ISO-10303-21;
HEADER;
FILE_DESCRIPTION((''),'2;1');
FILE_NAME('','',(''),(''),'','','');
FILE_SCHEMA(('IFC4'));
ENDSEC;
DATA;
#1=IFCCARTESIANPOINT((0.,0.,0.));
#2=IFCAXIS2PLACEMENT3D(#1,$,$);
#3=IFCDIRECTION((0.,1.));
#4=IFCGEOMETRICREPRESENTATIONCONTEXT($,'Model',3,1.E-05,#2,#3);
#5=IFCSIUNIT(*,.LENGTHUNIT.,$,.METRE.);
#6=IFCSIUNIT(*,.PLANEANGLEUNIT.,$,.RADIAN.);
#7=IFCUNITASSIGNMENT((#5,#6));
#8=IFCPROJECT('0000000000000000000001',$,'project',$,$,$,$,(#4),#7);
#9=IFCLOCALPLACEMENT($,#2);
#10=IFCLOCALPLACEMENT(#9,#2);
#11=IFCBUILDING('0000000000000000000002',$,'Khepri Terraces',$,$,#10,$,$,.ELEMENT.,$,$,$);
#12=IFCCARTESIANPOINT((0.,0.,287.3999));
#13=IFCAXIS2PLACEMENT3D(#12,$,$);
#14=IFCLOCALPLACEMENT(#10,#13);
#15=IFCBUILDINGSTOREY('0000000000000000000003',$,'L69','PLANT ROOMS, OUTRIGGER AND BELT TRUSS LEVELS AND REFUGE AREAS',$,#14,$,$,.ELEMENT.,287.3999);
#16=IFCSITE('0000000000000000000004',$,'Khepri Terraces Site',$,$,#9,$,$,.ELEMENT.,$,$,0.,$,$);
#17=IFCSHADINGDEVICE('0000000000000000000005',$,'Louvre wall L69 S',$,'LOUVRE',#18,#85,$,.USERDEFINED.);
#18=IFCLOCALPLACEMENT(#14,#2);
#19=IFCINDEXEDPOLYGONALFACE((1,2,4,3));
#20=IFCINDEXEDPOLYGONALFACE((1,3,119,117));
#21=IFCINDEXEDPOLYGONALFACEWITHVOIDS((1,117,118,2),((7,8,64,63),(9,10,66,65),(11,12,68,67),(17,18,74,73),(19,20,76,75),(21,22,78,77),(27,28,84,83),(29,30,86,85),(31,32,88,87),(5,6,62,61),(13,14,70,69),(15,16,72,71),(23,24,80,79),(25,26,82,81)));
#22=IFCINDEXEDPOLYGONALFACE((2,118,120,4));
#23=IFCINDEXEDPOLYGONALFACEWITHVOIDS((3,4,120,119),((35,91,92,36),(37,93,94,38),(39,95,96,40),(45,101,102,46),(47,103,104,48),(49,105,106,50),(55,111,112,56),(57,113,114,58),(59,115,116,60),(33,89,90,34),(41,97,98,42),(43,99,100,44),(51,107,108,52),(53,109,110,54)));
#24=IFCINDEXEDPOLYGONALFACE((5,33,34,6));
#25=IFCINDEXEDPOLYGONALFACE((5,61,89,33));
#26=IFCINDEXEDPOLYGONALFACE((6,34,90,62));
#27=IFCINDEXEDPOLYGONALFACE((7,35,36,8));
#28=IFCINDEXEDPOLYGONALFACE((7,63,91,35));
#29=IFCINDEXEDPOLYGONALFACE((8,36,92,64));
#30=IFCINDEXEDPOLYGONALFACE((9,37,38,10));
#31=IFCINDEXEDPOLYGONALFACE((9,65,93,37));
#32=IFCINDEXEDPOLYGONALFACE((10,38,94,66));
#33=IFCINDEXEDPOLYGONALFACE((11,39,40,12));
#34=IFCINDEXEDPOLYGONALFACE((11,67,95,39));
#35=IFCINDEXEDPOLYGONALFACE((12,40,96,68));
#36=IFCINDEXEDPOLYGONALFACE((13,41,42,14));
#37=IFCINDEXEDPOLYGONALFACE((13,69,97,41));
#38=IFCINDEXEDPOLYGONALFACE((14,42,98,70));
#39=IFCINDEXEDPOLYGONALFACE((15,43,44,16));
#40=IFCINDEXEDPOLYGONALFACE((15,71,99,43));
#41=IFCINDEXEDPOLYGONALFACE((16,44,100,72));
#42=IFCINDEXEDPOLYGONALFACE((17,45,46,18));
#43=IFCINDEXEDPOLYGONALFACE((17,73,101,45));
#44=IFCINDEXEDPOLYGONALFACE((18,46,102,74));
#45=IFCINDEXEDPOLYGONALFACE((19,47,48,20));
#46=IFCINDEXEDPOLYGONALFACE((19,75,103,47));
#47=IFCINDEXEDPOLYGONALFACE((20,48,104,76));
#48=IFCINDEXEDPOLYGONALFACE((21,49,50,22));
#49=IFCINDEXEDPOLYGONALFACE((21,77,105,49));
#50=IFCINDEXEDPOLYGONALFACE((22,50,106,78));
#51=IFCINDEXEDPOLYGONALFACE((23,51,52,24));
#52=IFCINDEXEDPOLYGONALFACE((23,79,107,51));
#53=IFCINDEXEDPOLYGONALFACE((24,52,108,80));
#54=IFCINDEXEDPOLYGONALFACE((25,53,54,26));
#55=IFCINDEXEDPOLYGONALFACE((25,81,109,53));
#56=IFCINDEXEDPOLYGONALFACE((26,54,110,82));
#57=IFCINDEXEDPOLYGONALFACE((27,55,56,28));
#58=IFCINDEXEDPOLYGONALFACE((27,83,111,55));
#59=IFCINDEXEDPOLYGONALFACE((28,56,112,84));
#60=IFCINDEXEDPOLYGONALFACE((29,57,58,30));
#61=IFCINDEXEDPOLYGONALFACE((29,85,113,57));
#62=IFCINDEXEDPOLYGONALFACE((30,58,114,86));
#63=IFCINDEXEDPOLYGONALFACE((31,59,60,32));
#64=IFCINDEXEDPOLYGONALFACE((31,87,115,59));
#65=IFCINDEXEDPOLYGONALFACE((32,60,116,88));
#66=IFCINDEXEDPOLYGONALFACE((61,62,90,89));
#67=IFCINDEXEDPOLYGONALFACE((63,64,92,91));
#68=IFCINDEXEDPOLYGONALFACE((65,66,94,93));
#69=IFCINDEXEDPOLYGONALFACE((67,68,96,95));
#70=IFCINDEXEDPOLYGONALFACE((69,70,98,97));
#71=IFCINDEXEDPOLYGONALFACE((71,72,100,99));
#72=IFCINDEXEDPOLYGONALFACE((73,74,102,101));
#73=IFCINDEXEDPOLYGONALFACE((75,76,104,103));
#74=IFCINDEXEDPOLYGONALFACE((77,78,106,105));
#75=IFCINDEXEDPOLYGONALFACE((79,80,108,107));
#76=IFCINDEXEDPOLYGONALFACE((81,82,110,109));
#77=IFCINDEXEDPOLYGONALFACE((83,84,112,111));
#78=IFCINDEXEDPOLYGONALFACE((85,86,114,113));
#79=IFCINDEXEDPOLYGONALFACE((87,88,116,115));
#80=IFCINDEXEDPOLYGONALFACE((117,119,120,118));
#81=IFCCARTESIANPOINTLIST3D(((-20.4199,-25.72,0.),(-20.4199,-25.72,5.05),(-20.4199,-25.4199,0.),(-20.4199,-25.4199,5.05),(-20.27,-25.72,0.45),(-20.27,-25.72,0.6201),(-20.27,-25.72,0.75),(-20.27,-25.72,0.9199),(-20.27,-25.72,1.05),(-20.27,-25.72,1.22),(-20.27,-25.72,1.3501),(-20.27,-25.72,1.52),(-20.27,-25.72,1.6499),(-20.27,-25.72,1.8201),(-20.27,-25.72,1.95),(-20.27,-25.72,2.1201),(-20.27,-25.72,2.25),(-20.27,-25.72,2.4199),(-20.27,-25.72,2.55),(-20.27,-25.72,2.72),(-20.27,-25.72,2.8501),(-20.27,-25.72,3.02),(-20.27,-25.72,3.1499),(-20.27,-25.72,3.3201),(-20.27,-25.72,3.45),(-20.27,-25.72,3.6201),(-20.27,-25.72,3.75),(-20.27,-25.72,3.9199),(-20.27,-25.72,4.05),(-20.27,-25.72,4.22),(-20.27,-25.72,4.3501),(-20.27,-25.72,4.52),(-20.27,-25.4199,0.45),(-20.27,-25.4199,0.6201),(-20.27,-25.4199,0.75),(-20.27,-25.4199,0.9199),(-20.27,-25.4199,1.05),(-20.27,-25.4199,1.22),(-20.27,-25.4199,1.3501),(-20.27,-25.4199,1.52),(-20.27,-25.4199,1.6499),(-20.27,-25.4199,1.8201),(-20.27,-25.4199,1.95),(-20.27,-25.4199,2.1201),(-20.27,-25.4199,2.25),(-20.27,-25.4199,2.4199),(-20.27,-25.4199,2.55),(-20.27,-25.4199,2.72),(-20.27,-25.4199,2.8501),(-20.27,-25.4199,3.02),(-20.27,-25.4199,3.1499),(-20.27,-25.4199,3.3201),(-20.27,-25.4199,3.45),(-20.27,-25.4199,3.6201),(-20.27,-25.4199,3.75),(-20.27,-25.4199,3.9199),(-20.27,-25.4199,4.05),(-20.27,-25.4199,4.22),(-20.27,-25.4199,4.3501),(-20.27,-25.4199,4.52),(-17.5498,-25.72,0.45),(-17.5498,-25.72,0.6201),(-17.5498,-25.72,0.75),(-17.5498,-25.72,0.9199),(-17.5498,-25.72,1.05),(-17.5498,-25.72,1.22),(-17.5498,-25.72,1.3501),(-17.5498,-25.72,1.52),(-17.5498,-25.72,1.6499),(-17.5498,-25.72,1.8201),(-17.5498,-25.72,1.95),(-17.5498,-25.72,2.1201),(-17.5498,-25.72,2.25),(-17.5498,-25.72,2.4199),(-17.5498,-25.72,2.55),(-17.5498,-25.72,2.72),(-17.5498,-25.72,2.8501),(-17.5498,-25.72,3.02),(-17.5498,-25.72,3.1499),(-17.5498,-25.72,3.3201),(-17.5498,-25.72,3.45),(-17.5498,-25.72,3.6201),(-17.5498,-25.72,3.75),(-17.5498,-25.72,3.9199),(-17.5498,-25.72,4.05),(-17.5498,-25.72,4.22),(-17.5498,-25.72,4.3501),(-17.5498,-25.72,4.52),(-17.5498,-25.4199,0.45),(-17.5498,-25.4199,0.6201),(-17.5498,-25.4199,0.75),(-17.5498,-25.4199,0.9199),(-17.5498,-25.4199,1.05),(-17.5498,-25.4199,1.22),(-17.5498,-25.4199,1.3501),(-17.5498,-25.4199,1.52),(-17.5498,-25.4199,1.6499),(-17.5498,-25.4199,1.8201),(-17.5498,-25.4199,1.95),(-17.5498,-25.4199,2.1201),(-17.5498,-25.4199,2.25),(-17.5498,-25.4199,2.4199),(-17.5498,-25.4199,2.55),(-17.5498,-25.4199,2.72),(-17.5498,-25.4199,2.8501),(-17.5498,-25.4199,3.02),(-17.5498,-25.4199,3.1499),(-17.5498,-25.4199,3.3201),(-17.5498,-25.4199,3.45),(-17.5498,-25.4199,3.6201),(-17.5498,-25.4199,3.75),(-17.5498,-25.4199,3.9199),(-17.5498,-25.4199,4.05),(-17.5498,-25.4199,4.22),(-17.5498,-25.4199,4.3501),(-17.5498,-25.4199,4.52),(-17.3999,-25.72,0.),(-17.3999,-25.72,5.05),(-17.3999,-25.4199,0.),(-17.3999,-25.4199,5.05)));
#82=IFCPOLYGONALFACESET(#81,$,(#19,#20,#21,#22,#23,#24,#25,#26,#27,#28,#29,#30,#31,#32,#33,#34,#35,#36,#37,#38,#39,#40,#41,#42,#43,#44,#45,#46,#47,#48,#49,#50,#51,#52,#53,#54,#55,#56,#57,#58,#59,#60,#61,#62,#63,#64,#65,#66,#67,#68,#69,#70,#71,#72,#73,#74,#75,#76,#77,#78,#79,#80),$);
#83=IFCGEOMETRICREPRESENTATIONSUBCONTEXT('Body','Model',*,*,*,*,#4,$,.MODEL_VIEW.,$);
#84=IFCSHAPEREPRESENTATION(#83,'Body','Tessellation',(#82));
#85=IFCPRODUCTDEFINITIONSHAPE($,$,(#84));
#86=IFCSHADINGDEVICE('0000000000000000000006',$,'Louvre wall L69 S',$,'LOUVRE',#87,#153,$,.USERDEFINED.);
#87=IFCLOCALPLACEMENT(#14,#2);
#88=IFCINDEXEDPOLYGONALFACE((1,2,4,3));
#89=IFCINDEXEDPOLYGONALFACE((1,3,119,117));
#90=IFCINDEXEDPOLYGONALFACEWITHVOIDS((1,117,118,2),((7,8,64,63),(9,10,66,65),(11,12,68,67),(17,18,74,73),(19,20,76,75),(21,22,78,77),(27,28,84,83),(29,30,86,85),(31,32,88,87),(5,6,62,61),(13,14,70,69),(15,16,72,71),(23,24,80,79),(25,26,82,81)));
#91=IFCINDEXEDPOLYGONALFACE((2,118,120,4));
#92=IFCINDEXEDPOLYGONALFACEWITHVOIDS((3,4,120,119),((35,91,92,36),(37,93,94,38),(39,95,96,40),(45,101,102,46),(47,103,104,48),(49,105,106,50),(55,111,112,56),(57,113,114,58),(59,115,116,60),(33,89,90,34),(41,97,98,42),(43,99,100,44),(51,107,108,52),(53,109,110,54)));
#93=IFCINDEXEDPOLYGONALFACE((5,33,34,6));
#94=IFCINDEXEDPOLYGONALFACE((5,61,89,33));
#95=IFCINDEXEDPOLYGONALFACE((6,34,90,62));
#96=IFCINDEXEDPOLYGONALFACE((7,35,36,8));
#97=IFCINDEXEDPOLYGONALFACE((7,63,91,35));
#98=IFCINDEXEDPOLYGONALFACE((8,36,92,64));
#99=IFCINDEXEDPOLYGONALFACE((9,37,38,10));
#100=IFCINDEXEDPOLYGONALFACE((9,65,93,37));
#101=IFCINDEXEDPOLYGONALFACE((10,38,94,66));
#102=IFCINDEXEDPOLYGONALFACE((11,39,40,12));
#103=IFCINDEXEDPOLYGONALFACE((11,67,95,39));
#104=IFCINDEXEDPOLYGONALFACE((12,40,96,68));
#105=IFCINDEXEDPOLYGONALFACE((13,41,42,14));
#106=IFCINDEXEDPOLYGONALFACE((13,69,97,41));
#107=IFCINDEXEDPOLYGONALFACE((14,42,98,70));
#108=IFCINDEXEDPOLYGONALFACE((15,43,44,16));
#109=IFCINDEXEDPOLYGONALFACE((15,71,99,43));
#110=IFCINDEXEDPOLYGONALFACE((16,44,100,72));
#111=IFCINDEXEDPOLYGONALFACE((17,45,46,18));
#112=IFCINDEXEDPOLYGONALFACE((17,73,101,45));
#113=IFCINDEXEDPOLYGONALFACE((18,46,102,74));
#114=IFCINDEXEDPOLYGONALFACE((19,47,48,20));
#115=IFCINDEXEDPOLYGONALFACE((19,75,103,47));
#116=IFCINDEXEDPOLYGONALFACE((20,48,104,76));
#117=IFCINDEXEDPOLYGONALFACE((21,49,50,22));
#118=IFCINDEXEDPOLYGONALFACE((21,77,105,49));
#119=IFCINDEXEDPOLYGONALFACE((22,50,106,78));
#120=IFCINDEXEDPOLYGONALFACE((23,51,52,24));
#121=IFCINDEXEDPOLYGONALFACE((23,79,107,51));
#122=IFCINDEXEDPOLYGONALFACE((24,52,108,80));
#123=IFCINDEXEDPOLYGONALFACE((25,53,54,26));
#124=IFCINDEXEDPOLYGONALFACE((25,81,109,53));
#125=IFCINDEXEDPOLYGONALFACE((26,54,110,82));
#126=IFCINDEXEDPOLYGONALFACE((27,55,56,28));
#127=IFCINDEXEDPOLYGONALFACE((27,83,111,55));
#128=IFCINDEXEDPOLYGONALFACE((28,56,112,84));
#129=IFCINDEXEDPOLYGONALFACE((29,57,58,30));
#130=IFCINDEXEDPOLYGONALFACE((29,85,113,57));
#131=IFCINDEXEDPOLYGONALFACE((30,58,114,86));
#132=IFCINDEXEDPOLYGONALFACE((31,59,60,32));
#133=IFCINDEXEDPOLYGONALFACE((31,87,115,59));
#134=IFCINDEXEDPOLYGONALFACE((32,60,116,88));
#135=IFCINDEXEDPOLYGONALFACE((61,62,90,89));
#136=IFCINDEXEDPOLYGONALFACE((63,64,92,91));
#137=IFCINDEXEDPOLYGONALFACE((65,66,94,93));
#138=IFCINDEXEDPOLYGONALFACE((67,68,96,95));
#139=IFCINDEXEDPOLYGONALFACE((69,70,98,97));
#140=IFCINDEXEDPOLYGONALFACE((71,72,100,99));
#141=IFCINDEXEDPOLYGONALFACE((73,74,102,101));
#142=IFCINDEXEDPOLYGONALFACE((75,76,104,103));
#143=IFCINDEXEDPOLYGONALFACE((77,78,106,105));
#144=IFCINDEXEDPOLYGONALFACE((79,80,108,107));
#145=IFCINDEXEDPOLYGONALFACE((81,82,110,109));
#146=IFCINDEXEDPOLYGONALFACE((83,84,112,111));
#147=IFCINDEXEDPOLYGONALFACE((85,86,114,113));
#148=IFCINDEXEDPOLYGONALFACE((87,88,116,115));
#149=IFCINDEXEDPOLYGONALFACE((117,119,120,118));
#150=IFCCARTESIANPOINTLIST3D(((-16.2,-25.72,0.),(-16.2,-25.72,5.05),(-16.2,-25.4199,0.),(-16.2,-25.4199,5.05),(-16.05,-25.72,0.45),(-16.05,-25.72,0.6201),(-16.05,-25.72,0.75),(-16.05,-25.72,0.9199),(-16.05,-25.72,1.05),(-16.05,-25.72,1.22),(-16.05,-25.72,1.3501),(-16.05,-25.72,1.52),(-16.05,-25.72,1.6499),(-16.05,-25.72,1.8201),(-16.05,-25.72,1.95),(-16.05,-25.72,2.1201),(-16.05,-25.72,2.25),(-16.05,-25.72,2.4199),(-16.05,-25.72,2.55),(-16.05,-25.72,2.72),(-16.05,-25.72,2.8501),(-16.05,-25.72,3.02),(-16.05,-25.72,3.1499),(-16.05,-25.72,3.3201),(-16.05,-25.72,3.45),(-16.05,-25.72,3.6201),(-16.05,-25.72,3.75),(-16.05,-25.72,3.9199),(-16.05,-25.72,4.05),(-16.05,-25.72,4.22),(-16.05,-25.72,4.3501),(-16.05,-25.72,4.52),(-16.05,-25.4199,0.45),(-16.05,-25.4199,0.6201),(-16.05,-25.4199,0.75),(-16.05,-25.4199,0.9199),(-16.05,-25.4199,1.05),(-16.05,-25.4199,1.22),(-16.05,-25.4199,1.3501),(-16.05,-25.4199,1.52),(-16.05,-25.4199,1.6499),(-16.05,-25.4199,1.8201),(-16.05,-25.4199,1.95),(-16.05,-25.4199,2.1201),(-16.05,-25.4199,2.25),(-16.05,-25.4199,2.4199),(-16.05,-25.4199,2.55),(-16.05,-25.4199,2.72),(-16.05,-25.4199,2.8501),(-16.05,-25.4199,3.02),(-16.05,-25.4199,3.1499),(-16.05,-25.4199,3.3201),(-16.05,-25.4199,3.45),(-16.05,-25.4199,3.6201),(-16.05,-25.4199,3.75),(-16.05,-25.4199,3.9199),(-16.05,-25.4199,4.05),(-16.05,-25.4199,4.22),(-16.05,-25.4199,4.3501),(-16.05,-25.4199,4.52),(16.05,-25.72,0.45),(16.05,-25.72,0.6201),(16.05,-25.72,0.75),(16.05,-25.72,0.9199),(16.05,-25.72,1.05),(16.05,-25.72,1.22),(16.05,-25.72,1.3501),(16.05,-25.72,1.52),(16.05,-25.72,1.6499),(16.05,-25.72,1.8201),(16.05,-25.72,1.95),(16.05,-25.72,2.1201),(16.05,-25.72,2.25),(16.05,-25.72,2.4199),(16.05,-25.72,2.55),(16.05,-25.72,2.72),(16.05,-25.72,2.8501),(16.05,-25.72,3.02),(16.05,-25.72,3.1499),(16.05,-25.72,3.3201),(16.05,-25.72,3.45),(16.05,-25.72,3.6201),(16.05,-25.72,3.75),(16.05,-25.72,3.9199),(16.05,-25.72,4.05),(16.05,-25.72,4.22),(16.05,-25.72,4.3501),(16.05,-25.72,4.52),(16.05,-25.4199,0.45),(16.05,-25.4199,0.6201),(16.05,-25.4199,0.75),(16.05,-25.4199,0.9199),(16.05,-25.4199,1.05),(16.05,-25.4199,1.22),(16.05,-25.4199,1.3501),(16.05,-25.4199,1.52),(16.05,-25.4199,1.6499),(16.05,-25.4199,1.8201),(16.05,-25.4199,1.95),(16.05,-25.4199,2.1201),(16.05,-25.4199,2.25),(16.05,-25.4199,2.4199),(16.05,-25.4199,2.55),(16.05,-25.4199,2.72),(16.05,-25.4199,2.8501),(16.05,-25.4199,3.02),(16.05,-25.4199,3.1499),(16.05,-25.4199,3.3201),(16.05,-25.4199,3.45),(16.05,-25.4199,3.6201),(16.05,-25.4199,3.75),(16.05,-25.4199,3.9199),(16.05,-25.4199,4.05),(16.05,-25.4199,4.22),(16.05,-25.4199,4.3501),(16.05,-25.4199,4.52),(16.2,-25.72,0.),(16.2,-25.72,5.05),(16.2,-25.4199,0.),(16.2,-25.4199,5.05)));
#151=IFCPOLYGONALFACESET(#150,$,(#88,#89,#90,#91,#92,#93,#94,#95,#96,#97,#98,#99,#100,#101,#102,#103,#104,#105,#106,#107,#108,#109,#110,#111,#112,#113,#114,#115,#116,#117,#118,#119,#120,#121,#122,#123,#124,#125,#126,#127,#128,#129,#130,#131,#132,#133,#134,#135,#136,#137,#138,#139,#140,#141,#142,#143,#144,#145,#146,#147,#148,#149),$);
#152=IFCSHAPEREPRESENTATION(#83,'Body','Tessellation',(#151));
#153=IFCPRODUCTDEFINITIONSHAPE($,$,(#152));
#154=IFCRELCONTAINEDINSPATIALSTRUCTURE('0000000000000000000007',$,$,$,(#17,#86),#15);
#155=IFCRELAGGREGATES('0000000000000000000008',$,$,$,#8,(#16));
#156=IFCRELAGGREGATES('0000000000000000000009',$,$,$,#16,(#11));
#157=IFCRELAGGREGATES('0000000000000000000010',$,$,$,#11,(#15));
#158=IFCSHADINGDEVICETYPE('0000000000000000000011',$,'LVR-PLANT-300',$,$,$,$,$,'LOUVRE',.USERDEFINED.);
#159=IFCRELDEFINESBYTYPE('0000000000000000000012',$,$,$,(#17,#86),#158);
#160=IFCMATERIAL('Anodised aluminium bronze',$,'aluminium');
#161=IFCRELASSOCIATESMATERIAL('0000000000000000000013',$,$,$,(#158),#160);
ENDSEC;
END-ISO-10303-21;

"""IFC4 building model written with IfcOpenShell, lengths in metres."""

from ifc_helpers import new_model, si_unit, direction, frame, origin, place, context, subcontext, project, spatial, polyline, outline, extrude, material, type_object, element, save


model = new_model("IFC4")

# Units and contexts
model_context = context("Model", 3, precision=1e-05, world=origin(), true_north=direction((0.0, 1.0)))
body_context = subcontext(model_context, "Body", "Model", "MODEL_VIEW")
ifc_project = project(units=[si_unit("LENGTHUNIT", "METRE"), si_unit("PLANEANGLEUNIT", "RADIAN")], contexts=[model_context])

# Site, building, storey
site_placement = place(None, origin())
site = spatial("IfcSite", under=ifc_project, at=site_placement, Name="Khepri Terraces Site", CompositionType="ELEMENT", RefElevation=0.0)
building_placement = place(site_placement, origin())
building = spatial("IfcBuilding", under=site, at=building_placement, Name="Khepri Terraces", CompositionType="ELEMENT")
storey_placement = place(building_placement, frame((0.0, 0.0, 287.3999)))
storey = spatial("IfcBuildingStorey", under=building, at=storey_placement, Name="L69", Description="PLANT ROOMS, OUTRIGGER AND BELT TRUSS LEVELS AND REFUGE AREAS", CompositionType="ELEMENT", Elevation=287.3999)

# Shading devices
ifc_material_1 = material(Name="Anodised aluminium bronze", Category="aluminium")
shading_device_type = type_object("IfcShadingDeviceType", Name="LVR-PLANT-300", ElementType="LOUVRE", PredefinedType="USERDEFINED", material=ifc_material_1)
shading_device_1_placement = place(storey_placement, frame((-20.4199, -25.4199, 0.0), z_axis=(0.0, -1.0, 0.0), x_axis=(1.0, 0.0, 0.0)))
element("IfcShadingDevice", 1, at=shading_device_1_placement, inside=storey, type_object=shading_device_type, Name="Louvre wall L69 S", ObjectType="LOUVRE", PredefinedType="USERDEFINED", context=body_context, shape_type="SweptSolid", body=[
    extrude(outline(polyline([(0.0, 0.0), (3.02, 0.0), (3.02, 5.05), (0.0, 5.05), (0.0, 0.0)]), holes=[polyline([(0.1499, 0.45), (2.8701, 0.45), (2.8701, 0.6201), (0.1499, 0.6201), (0.1499, 0.45)]), polyline([(0.1499, 0.75), (2.8701, 0.75), (2.8701, 0.9199), (0.1499, 0.9199), (0.1499, 0.75)]), polyline([(0.1499, 1.05), (2.8701, 1.05), (2.8701, 1.22), (0.1499, 1.22), (0.1499, 1.05)]), polyline([(0.1499, 1.3501), (2.8701, 1.3501), (2.8701, 1.52), (0.1499, 1.52), (0.1499, 1.3501)]), polyline([(0.1499, 1.6499), (2.8701, 1.6499), (2.8701, 1.8201), (0.1499, 1.8201), (0.1499, 1.6499)]), polyline([(0.1499, 1.95), (2.8701, 1.95), (2.8701, 2.1201), (0.1499, 2.1201), (0.1499, 1.95)]), polyline([(0.1499, 2.25), (2.8701, 2.25), (2.8701, 2.4199), (0.1499, 2.4199), (0.1499, 2.25)]), polyline([(0.1499, 2.55), (2.8701, 2.55), (2.8701, 2.72), (0.1499, 2.72), (0.1499, 2.55)]), polyline([(0.1499, 2.8501), (2.8701, 2.8501), (2.8701, 3.02), (0.1499, 3.02), (0.1499, 2.8501)]), polyline([(0.1499, 3.1499), (2.8701, 3.1499), (2.8701, 3.3201), (0.1499, 3.3201), (0.1499, 3.1499)]), polyline([(0.1499, 3.45), (2.8701, 3.45), (2.8701, 3.6201), (0.1499, 3.6201), (0.1499, 3.45)]), polyline([(0.1499, 3.75), (2.8701, 3.75), (2.8701, 3.9199), (0.1499, 3.9199), (0.1499, 3.75)]), polyline([(0.1499, 4.05), (2.8701, 4.05), (2.8701, 4.22), (0.1499, 4.22), (0.1499, 4.05)]), polyline([(0.1499, 4.3501), (2.8701, 4.3501), (2.8701, 4.52), (0.1499, 4.52), (0.1499, 4.3501)])]), origin(), (0.0, 0.0, 1.0), 0.3),
])
shading_device_2_placement = place(storey_placement, frame((-16.2, -25.4199, 0.0), z_axis=(0.0, -1.0, 0.0), x_axis=(1.0, 0.0, 0.0)))
element("IfcShadingDevice", 2, at=shading_device_2_placement, inside=storey, type_object=shading_device_type, Name="Louvre wall L69 S", ObjectType="LOUVRE", PredefinedType="USERDEFINED", context=body_context, shape_type="SweptSolid", body=[
    extrude(outline(polyline([(0.0, 0.0), (32.3999, 0.0), (32.3999, 5.05), (0.0, 5.05), (0.0, 0.0)]), holes=[polyline([(0.1499, 0.45), (32.25, 0.45), (32.25, 0.6201), (0.1499, 0.6201), (0.1499, 0.45)]), polyline([(0.1499, 0.75), (32.25, 0.75), (32.25, 0.9199), (0.1499, 0.9199), (0.1499, 0.75)]), polyline([(0.1499, 1.05), (32.25, 1.05), (32.25, 1.22), (0.1499, 1.22), (0.1499, 1.05)]), polyline([(0.1499, 1.3501), (32.25, 1.3501), (32.25, 1.52), (0.1499, 1.52), (0.1499, 1.3501)]), polyline([(0.1499, 1.6499), (32.25, 1.6499), (32.25, 1.8201), (0.1499, 1.8201), (0.1499, 1.6499)]), polyline([(0.1499, 1.95), (32.25, 1.95), (32.25, 2.1201), (0.1499, 2.1201), (0.1499, 1.95)]), polyline([(0.1499, 2.25), (32.25, 2.25), (32.25, 2.4199), (0.1499, 2.4199), (0.1499, 2.25)]), polyline([(0.1499, 2.55), (32.25, 2.55), (32.25, 2.72), (0.1499, 2.72), (0.1499, 2.55)]), polyline([(0.1499, 2.8501), (32.25, 2.8501), (32.25, 3.02), (0.1499, 3.02), (0.1499, 2.8501)]), polyline([(0.1499, 3.1499), (32.25, 3.1499), (32.25, 3.3201), (0.1499, 3.3201), (0.1499, 3.1499)]), polyline([(0.1499, 3.45), (32.25, 3.45), (32.25, 3.6201), (0.1499, 3.6201), (0.1499, 3.45)]), polyline([(0.1499, 3.75), (32.25, 3.75), (32.25, 3.9199), (0.1499, 3.9199), (0.1499, 3.75)]), polyline([(0.1499, 4.05), (32.25, 4.05), (32.25, 4.22), (0.1499, 4.22), (0.1499, 4.05)]), polyline([(0.1499, 4.3501), (32.25, 4.3501), (32.25, 4.52), (0.1499, 4.52), (0.1499, 4.3501)])]), origin(), (0.0, 0.0, 1.0), 0.3),
])

save(model, "model.ifc")
